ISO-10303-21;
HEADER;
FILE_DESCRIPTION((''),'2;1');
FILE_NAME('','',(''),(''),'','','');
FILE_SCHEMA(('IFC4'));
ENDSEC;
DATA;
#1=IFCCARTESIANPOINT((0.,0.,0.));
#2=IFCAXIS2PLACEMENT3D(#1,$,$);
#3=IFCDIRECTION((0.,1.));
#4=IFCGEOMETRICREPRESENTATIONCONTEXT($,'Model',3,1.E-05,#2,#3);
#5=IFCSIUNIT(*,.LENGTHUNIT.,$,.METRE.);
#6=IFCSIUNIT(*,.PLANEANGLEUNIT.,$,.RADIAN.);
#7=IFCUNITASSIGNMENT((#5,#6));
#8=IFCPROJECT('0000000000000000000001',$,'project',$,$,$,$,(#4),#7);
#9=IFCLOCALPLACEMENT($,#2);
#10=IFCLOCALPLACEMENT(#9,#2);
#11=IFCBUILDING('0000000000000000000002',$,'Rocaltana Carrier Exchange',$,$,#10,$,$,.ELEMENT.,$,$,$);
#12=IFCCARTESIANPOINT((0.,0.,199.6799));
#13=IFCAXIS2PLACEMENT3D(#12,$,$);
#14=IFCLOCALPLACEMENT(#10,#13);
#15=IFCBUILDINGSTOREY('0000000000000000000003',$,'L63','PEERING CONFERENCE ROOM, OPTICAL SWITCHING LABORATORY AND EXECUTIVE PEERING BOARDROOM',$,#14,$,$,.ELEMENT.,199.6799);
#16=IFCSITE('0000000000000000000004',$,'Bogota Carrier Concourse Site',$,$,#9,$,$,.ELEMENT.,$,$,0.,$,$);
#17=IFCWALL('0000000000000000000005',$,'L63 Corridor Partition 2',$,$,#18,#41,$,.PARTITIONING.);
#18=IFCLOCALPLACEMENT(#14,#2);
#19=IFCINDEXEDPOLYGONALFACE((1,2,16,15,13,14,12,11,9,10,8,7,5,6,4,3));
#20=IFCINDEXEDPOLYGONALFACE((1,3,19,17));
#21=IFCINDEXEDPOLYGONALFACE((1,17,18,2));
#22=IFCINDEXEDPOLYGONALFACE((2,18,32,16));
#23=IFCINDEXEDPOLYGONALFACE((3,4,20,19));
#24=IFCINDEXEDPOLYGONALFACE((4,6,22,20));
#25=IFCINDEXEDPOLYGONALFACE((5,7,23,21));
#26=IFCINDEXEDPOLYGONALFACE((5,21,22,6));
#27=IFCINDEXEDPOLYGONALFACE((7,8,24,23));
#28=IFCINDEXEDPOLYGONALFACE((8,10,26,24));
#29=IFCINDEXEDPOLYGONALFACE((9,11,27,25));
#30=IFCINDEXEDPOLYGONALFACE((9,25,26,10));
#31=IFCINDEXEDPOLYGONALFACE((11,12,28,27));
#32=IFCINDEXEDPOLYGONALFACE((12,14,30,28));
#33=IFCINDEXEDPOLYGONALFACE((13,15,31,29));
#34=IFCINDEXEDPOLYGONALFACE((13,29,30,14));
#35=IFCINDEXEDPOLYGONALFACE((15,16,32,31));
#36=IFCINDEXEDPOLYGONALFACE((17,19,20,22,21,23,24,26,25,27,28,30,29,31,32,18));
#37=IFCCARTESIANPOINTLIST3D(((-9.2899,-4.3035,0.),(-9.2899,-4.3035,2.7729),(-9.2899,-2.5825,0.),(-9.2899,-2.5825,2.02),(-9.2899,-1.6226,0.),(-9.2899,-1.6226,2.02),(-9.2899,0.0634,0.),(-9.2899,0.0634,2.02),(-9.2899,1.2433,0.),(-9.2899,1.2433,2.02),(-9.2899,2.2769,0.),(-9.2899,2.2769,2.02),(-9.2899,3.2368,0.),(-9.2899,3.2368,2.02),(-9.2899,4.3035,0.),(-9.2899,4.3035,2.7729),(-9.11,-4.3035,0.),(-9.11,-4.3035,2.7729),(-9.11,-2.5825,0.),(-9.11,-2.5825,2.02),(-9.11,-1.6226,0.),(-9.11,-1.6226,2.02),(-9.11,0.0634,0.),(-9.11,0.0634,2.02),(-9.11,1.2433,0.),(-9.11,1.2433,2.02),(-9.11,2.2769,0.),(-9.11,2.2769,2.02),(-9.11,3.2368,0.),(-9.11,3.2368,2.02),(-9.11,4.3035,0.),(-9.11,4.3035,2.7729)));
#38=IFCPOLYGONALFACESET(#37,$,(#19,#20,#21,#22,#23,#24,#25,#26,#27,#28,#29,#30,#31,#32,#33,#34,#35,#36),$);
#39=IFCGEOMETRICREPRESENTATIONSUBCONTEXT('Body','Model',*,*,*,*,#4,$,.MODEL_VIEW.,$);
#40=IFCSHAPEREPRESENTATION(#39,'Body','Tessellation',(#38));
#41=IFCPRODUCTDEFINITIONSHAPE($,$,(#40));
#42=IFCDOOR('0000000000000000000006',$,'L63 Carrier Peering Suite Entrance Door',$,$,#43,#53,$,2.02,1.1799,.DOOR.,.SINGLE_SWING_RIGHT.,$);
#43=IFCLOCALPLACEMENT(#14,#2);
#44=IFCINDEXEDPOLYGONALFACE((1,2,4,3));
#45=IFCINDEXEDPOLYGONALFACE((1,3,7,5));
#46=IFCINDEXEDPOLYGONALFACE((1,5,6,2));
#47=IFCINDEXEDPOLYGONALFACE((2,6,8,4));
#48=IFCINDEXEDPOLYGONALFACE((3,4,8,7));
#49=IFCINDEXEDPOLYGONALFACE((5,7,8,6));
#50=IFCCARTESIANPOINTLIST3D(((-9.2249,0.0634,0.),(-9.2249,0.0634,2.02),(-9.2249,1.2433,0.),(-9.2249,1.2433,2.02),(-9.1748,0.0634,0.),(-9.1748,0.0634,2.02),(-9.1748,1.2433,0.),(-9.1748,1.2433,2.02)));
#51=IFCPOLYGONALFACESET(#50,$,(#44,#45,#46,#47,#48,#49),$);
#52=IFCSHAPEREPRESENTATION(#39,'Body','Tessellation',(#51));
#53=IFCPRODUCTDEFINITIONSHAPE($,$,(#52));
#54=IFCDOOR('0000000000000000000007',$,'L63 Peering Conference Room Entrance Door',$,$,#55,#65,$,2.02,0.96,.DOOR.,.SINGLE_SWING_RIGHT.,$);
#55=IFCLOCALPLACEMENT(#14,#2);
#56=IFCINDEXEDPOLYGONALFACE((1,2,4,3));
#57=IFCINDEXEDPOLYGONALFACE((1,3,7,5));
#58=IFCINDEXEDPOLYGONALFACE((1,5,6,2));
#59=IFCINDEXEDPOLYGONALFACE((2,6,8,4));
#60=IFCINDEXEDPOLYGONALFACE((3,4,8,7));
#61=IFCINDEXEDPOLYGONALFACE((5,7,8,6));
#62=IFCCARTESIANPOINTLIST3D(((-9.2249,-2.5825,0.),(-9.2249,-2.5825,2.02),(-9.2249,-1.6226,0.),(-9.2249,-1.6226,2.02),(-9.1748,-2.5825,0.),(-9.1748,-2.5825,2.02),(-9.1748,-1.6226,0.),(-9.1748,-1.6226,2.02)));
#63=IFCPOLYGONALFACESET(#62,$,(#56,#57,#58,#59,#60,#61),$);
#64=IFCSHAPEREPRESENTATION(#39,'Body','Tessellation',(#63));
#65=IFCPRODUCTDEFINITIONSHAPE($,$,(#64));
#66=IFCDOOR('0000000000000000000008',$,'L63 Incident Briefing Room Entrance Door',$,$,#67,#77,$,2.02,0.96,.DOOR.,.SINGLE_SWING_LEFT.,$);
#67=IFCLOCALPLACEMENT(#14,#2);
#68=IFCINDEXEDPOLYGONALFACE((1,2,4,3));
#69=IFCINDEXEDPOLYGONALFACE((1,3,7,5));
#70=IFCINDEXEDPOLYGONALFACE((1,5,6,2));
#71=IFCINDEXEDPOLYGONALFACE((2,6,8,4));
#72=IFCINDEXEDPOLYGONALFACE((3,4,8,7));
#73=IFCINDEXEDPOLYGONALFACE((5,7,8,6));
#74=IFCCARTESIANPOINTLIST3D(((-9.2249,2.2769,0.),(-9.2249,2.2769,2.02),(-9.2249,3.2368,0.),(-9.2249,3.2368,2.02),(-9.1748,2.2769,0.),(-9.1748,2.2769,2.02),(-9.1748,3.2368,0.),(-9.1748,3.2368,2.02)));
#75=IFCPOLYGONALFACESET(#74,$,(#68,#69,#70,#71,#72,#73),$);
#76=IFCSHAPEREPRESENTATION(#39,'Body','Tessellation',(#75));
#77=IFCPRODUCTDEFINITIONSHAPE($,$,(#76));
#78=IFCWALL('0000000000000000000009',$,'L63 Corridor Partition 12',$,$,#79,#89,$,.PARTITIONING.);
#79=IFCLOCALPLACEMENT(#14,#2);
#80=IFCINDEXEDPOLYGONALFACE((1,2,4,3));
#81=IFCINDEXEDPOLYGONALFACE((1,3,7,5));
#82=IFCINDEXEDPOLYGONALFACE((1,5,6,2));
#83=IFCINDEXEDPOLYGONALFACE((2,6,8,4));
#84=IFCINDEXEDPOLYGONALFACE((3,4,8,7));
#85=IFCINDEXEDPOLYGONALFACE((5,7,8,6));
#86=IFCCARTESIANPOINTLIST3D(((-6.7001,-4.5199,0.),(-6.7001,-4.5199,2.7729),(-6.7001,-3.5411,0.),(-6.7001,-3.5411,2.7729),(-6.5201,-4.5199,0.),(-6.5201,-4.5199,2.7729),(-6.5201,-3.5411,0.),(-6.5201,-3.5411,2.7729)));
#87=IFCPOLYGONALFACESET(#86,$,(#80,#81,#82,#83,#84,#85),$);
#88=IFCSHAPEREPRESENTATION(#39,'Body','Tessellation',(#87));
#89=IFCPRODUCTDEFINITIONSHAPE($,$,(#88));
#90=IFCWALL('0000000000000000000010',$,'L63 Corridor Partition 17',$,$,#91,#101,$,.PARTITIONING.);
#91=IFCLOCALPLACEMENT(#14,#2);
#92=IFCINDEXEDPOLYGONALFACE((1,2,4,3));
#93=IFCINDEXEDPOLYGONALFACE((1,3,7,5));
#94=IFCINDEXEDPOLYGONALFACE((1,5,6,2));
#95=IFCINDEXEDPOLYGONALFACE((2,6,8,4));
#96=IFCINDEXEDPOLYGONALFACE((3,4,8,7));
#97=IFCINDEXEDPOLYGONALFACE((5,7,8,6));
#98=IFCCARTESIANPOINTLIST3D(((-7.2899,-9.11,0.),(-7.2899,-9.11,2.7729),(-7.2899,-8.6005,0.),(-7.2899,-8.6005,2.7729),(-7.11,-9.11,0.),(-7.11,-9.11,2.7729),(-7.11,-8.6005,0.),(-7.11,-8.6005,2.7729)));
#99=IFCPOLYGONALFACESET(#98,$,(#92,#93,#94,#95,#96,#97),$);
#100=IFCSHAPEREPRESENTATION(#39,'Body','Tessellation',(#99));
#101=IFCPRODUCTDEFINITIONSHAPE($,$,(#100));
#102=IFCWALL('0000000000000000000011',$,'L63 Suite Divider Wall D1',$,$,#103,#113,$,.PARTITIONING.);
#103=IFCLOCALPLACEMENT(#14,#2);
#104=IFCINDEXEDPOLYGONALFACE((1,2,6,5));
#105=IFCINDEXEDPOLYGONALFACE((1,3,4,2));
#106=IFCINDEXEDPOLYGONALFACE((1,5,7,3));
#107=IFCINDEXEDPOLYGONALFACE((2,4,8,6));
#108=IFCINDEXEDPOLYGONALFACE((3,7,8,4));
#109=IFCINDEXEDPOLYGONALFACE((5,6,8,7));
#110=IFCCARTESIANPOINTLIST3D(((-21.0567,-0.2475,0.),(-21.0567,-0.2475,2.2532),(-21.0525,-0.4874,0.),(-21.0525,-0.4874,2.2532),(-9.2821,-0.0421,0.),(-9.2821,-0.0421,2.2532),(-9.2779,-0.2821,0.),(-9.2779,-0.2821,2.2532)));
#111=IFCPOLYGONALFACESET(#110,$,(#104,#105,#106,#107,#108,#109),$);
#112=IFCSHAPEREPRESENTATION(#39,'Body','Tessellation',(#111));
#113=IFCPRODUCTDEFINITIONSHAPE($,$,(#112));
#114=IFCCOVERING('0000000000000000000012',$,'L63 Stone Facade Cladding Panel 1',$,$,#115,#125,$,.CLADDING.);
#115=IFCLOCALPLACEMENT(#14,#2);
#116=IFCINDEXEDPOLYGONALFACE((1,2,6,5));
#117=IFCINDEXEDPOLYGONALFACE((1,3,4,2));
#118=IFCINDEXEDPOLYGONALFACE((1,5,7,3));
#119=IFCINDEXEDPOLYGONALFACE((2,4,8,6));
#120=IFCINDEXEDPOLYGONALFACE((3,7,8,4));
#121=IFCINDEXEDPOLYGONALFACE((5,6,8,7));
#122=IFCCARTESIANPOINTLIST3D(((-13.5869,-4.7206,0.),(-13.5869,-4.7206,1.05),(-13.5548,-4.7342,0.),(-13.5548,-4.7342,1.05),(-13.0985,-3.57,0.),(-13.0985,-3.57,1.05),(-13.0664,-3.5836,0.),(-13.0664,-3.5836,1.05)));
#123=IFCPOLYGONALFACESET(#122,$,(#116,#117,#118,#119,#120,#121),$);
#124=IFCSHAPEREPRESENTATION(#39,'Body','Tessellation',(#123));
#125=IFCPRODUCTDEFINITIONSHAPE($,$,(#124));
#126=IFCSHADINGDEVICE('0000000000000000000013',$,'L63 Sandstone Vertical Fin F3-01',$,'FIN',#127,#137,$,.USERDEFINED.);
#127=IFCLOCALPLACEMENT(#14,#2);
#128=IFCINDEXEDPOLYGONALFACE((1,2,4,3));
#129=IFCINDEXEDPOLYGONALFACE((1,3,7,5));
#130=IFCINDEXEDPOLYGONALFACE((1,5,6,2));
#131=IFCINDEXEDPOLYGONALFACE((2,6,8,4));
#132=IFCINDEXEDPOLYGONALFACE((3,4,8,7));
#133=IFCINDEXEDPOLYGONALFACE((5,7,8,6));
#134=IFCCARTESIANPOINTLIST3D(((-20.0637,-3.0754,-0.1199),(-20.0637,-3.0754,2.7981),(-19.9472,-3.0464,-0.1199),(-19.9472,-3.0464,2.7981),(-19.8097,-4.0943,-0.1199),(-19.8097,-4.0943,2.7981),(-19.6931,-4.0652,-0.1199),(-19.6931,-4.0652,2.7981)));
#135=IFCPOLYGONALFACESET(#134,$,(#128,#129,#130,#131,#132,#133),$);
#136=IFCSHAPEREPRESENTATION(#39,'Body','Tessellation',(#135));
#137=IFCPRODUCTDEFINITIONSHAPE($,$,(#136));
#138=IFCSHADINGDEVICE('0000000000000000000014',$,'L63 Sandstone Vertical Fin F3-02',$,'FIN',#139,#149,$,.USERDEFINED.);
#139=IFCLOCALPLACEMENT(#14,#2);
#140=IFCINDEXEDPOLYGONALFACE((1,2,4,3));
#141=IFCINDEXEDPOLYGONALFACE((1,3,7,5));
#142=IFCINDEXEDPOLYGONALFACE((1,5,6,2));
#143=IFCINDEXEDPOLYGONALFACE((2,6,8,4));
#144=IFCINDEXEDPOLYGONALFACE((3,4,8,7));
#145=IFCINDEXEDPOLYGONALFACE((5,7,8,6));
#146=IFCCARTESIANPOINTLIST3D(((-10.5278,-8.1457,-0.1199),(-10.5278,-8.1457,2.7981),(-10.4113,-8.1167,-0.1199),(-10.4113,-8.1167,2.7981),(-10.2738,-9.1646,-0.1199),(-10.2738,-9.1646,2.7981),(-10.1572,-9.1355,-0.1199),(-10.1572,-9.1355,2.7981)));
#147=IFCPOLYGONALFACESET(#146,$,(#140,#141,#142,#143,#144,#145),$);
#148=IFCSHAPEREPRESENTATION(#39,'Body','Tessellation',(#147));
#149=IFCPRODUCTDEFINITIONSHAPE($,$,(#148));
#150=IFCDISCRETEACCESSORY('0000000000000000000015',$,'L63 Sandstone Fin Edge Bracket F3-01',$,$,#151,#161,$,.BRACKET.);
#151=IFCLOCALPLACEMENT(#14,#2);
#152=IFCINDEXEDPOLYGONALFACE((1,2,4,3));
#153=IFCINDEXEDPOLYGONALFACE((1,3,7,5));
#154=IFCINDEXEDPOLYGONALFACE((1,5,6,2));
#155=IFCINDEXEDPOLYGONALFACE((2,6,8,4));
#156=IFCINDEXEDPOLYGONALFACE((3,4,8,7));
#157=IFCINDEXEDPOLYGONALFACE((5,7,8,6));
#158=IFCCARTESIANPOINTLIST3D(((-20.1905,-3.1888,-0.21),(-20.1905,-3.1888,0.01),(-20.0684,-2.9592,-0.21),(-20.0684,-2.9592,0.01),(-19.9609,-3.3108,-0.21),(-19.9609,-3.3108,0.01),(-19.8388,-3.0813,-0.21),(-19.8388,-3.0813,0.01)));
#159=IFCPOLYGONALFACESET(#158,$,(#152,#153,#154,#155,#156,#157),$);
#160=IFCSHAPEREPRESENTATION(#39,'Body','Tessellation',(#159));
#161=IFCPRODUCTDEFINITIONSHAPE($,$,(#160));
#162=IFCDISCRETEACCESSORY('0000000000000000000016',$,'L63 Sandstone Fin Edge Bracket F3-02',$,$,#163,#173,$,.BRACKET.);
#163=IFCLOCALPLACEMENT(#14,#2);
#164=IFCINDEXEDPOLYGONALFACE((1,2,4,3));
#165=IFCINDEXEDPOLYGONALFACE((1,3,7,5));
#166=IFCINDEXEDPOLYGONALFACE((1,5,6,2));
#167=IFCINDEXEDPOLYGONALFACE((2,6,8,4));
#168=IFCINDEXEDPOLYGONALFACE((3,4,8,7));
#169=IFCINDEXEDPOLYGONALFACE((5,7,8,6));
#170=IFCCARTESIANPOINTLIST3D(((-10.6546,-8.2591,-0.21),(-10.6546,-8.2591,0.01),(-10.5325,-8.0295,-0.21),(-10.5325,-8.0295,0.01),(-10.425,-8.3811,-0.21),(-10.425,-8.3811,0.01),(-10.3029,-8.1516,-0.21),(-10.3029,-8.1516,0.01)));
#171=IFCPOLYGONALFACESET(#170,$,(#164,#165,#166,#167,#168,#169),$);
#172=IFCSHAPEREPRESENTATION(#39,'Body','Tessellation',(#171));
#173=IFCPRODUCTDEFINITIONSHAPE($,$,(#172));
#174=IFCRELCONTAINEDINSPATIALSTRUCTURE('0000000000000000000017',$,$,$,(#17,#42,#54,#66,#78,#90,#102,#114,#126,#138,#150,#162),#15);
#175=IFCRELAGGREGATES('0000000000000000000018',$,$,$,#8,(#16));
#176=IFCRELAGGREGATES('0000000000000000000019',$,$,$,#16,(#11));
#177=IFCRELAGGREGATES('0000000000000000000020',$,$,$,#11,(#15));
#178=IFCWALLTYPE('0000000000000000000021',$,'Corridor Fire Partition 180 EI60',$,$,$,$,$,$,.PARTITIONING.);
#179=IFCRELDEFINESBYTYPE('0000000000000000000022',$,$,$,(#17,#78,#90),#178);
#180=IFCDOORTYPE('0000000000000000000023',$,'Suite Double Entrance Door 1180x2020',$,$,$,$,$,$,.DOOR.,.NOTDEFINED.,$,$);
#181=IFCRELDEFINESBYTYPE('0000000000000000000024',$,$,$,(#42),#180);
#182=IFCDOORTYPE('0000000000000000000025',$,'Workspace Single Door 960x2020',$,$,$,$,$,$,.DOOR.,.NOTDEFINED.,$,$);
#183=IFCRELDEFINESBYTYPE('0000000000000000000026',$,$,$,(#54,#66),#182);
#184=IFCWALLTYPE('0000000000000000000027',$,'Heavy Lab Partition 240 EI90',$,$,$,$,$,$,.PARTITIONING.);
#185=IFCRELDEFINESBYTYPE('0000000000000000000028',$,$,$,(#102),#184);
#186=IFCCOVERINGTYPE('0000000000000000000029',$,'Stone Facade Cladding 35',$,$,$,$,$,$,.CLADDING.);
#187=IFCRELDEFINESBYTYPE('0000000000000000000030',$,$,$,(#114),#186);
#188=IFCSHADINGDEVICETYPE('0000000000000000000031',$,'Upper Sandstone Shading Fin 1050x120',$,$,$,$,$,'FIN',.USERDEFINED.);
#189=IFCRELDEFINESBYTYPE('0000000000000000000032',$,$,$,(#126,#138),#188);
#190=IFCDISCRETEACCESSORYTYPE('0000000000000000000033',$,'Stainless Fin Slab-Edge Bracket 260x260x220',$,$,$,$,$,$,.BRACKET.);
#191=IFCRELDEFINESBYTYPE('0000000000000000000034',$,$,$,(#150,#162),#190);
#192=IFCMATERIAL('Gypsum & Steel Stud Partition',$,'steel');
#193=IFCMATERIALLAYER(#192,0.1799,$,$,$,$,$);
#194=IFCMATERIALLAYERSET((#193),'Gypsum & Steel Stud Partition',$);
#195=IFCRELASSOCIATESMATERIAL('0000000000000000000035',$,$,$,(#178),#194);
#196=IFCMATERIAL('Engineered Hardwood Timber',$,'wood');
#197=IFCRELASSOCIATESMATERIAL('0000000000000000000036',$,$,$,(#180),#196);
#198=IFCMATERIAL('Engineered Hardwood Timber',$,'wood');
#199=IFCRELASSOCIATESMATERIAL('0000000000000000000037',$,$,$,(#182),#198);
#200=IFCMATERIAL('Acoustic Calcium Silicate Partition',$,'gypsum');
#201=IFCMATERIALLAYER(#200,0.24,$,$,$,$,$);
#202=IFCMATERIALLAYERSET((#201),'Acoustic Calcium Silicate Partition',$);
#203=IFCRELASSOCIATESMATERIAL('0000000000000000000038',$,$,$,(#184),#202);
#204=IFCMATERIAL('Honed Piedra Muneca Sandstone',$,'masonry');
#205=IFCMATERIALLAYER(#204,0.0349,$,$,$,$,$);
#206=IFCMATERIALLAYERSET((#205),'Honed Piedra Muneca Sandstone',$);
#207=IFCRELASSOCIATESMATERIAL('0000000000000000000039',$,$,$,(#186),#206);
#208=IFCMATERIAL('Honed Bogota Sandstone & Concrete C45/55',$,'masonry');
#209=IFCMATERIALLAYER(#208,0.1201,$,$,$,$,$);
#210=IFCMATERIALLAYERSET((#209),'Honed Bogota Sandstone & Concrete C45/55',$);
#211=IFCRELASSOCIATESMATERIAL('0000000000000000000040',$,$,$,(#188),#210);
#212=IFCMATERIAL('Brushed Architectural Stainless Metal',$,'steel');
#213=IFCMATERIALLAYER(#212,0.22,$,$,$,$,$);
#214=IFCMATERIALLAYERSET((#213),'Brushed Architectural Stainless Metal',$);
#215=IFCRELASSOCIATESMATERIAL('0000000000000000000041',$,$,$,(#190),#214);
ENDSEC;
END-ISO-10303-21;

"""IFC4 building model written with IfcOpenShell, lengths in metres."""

from ifc_helpers import new_model, si_unit, direction, frame, frame_2d, origin, origin_2d, place, context, subcontext, project, spatial, rectangle, extrude, material, layer, layer_set, type_object, element, fill, save


model = new_model("IFC4")

# Units and contexts
model_context = context("Model", 3, precision=1e-05, world=origin(), true_north=direction((0.0, 1.0)))
body_context = subcontext(model_context, "Body", "Model", "MODEL_VIEW")
ifc_project = project(units=[si_unit("LENGTHUNIT", "METRE"), si_unit("PLANEANGLEUNIT", "RADIAN")], contexts=[model_context])

# Site, building, storey
site_placement = place(None, origin())
site = spatial("IfcSite", under=ifc_project, at=site_placement, Name="Bogota Carrier Concourse Site", CompositionType="ELEMENT", RefElevation=0.0)
building_placement = place(site_placement, origin())
building = spatial("IfcBuilding", under=site, at=building_placement, Name="Rocaltana Carrier Exchange", CompositionType="ELEMENT")
storey_placement = place(building_placement, frame((0.0, 0.0, 199.6799)))
storey = spatial("IfcBuildingStorey", under=building, at=storey_placement, Name="L63", Description="PEERING CONFERENCE ROOM, OPTICAL SWITCHING LABORATORY AND EXECUTIVE PEERING BOARDROOM", CompositionType="ELEMENT", Elevation=199.6799)

# Shared definitions
ifc_material_1 = material(Name="Gypsum & Steel Stud Partition", Category="steel")
ifc_layer_1 = layer(ifc_material_1, 0.1799)
ifc_layer_set_1 = layer_set([ifc_layer_1], Name="Gypsum & Steel Stud Partition")
wall_type_1 = type_object("IfcWallType", Name="Corridor Fire Partition 180 EI60", PredefinedType="PARTITIONING", material=ifc_layer_set_1)

# Wall, openings, doors
wall_1_placement = place(storey_placement, frame((-9.2, -4.3035, 0.0), z_axis=(0.0, 0.0, 1.0), x_axis=(0.0, 1.0, 0.0)))
wall_1 = element("IfcWall", 1, at=wall_1_placement, inside=storey, type_object=wall_type_1, Name="L63 Corridor Partition 2", PredefinedType="PARTITIONING", context=body_context, shape_type="SweptSolid", body=[
    extrude(rectangle(XDim=8.6069, YDim=0.1799, at=frame_2d((4.3035, 0.0))), origin(), (0.0, 0.0, 1.0), 2.7729),
])
opening_1_placement = place(wall_1_placement, frame((1.7209, 0.0, 0.0)))
opening_1 = element("IfcOpeningElement", 2, at=opening_1_placement, cuts=wall_1, PredefinedType="OPENING", context=body_context, shape_type="SweptSolid", body=[
    extrude(rectangle(XDim=0.96, YDim=2.02, at=frame_2d((0.48, 1.01))), frame((0.0, 0.0999, 0.0), z_axis=(0.0, -1.0, 0.0), x_axis=(1.0, 0.0, 0.0)), (0.0, 0.0, 1.0), 0.2),
])
opening_2_placement = place(wall_1_placement, frame((6.5803, 0.0, 0.0)))
opening_2 = element("IfcOpeningElement", 3, at=opening_2_placement, cuts=wall_1, PredefinedType="OPENING", context=body_context, shape_type="SweptSolid", body=[
    extrude(rectangle(XDim=0.96, YDim=2.02, at=frame_2d((0.48, 1.01))), frame((0.0, 0.0999, 0.0), z_axis=(0.0, -1.0, 0.0), x_axis=(1.0, 0.0, 0.0)), (0.0, 0.0, 1.0), 0.2),
])
opening_3_placement = place(wall_1_placement, frame((4.3669, 0.0, 0.0)))
opening_3 = element("IfcOpeningElement", 4, at=opening_3_placement, cuts=wall_1, PredefinedType="OPENING", context=body_context, shape_type="SweptSolid", body=[
    extrude(rectangle(XDim=1.1799, YDim=2.02, at=frame_2d((0.5898, 1.01))), frame((0.0, 0.0999, 0.0), z_axis=(0.0, -1.0, 0.0), x_axis=(1.0, 0.0, 0.0)), (0.0, 0.0, 1.0), 0.2),
])
ifc_material_2 = material(Name="Engineered Hardwood Timber", Category="wood")
door_type_1 = type_object("IfcDoorType", Name="Suite Double Entrance Door 1180x2020", OperationType="NOTDEFINED", PredefinedType="DOOR", material=ifc_material_2)
door_1_placement = place(opening_3_placement, origin())
door_1 = element("IfcDoor", 5, at=door_1_placement, inside=storey, type_object=door_type_1, Name="L63 Carrier Peering Suite Entrance Door", OperationType="SINGLE_SWING_RIGHT", OverallHeight=2.02, OverallWidth=1.1799, PredefinedType="DOOR", context=body_context, shape_type="SweptSolid", body=[
    extrude(rectangle(XDim=1.1799, YDim=2.02, at=frame_2d((0.5898, 1.01))), frame((0.0, 0.0249, 0.0), z_axis=(0.0, -1.0, 0.0), x_axis=(1.0, 0.0, 0.0)), (0.0, 0.0, 1.0), 0.05),
])
fill(opening_3, door_1)
ifc_material_3 = material(Name="Engineered Hardwood Timber", Category="wood")
door_type_2 = type_object("IfcDoorType", Name="Workspace Single Door 960x2020", OperationType="NOTDEFINED", PredefinedType="DOOR", material=ifc_material_3)
door_2_placement = place(opening_1_placement, origin())
door_2 = element("IfcDoor", 6, at=door_2_placement, inside=storey, type_object=door_type_2, Name="L63 Peering Conference Room Entrance Door", OperationType="SINGLE_SWING_RIGHT", OverallHeight=2.02, OverallWidth=0.96, PredefinedType="DOOR", context=body_context, shape_type="SweptSolid", body=[
    extrude(rectangle(XDim=0.96, YDim=2.02, at=frame_2d((0.48, 1.01))), frame((0.0, 0.0249, 0.0), z_axis=(0.0, -1.0, 0.0), x_axis=(1.0, 0.0, 0.0)), (0.0, 0.0, 1.0), 0.05),
])
fill(opening_1, door_2)
door_3_placement = place(opening_2_placement, origin())
door_3 = element("IfcDoor", 7, at=door_3_placement, inside=storey, type_object=door_type_2, Name="L63 Incident Briefing Room Entrance Door", OperationType="SINGLE_SWING_LEFT", OverallHeight=2.02, OverallWidth=0.96, PredefinedType="DOOR", context=body_context, shape_type="SweptSolid", body=[
    extrude(rectangle(XDim=0.96, YDim=2.02, at=frame_2d((0.48, 1.01))), frame((0.0, 0.0249, 0.0), z_axis=(0.0, -1.0, 0.0), x_axis=(1.0, 0.0, 0.0)), (0.0, 0.0, 1.0), 0.05),
])
fill(opening_2, door_3)

# Walls
wall_2_placement = place(storey_placement, frame((-6.6101, -3.5413, 0.0), z_axis=(0.0, 0.0, 1.0), x_axis=(0.0, -1.0, 0.0)))
element("IfcWall", 8, at=wall_2_placement, inside=storey, type_object=wall_type_1, Name="L63 Corridor Partition 12", PredefinedType="PARTITIONING", context=body_context, shape_type="SweptSolid", body=[
    extrude(rectangle(XDim=0.9788, YDim=0.1799, at=frame_2d((0.4893, 0.0))), origin(), (0.0, 0.0, 1.0), 2.7729),
])
wall_3_placement = place(storey_placement, frame((-7.2, -9.1101, 0.0), z_axis=(0.0, 0.0, 1.0), x_axis=(0.0, 1.0, 0.0)))
element("IfcWall", 9, at=wall_3_placement, inside=storey, type_object=wall_type_1, Name="L63 Corridor Partition 17", PredefinedType="PARTITIONING", context=body_context, shape_type="SweptSolid", body=[
    extrude(rectangle(XDim=0.5095, YDim=0.1799, at=frame_2d((0.2549, 0.0))), origin(), (0.0, 0.0, 1.0), 2.7729),
])
ifc_material_4 = material(Name="Acoustic Calcium Silicate Partition", Category="gypsum")
ifc_layer_2 = layer(ifc_material_4, 0.24)
ifc_layer_set_2 = layer_set([ifc_layer_2], Name="Acoustic Calcium Silicate Partition")
wall_type_2 = type_object("IfcWallType", Name="Heavy Lab Partition 240 EI90", PredefinedType="PARTITIONING", material=ifc_layer_set_2)
wall_4_placement = place(storey_placement, frame((-9.28, -0.1621, 0.0), z_axis=(0.0, 0.0, 1.0), x_axis=(-0.999848, -0.017435, 0.0)))
element("IfcWall", 10, at=wall_4_placement, inside=storey, type_object=wall_type_2, Name="L63 Suite Divider Wall D1", PredefinedType="PARTITIONING", context=body_context, shape_type="SweptSolid", body=[
    extrude(rectangle(XDim=11.7764, YDim=0.24, at=frame_2d((5.8882, 0.0))), origin(), (0.0, 0.0, 1.0), 2.2532),
])

# Covering
ifc_material_5 = material(Name="Honed Piedra Muneca Sandstone", Category="masonry")
ifc_layer_3 = layer(ifc_material_5, 0.0349)
ifc_layer_set_3 = layer_set([ifc_layer_3], Name="Honed Piedra Muneca Sandstone")
covering_type = type_object("IfcCoveringType", Name="Stone Facade Cladding 35", PredefinedType="CLADDING", material=ifc_layer_set_3)
covering_placement = place(storey_placement, frame((-13.3267, -4.1521, 0.0), z_axis=(0.0, 0.0, 1.0), x_axis=(0.390731, 0.920505, 0.0)))
element("IfcCovering", 11, at=covering_placement, inside=storey, type_object=covering_type, Name="L63 Stone Facade Cladding Panel 1", PredefinedType="CLADDING", context=body_context, shape_type="SweptSolid", body=[
    extrude(rectangle(XDim=1.25, YDim=0.0349, at=origin_2d()), origin(), (0.0, 0.0, 1.0), 1.05),
])

# Shading devices
ifc_material_6 = material(Name="Honed Bogota Sandstone & Concrete C45/55", Category="masonry")
ifc_layer_4 = layer(ifc_material_6, 0.1201)
ifc_layer_set_4 = layer_set([ifc_layer_4], Name="Honed Bogota Sandstone & Concrete C45/55")
shading_device_type = type_object("IfcShadingDeviceType", Name="Upper Sandstone Shading Fin 1050x120", ElementType="FIN", PredefinedType="USERDEFINED", material=ifc_layer_set_4)
for number, where, z_axis, x_axis, name in (
    (12, (-19.8784, -3.5703, -0.1199), (0.0, 0.0, 1.0), (0.241922, -0.970296, 0.0), "L63 Sandstone Vertical Fin F3-01"),
    (13, (-10.3425, -8.6406, -0.1199), (0.0, 0.0, 1.0), (0.241922, -0.970296, 0.0), "L63 Sandstone Vertical Fin F3-02"),
):
    element("IfcShadingDevice", number, at=place(storey_placement, frame(where, z_axis=z_axis, x_axis=x_axis)), inside=storey, type_object=shading_device_type, Name=name, ObjectType="FIN", PredefinedType="USERDEFINED", context=body_context, shape_type="SweptSolid", body=[
        extrude(rectangle(XDim=1.05, YDim=0.1201, at=origin_2d()), origin(), (0.0, 0.0, 1.0), 2.918),
    ])

# Discrete accessories
ifc_material_7 = material(Name="Brushed Architectural Stainless Metal", Category="steel")
ifc_layer_5 = layer(ifc_material_7, 0.22)
ifc_layer_set_5 = layer_set([ifc_layer_5], Name="Brushed Architectural Stainless Metal")
discrete_accessory_type = type_object("IfcDiscreteAccessoryType", Name="Stainless Fin Slab-Edge Bracket 260x260x220", PredefinedType="BRACKET", material=ifc_layer_set_5)
for number, where, z_axis, x_axis, name in (
    (14, (-20.0146, -3.135, -0.21), (0.0, 0.0, 1.0), (0.882948, -0.469472, 0.0), "L63 Sandstone Fin Edge Bracket F3-01"),
    (15, (-10.4788, -8.2053, -0.21), (0.0, 0.0, 1.0), (0.882948, -0.469472, 0.0), "L63 Sandstone Fin Edge Bracket F3-02"),
):
    element("IfcDiscreteAccessory", number, at=place(storey_placement, frame(where, z_axis=z_axis, x_axis=x_axis)), inside=storey, type_object=discrete_accessory_type, Name=name, PredefinedType="BRACKET", context=body_context, shape_type="SweptSolid", body=[
        extrude(rectangle(XDim=0.26, YDim=0.26, at=origin_2d()), origin(), (0.0, 0.0, 1.0), 0.22),
    ])

save(model, "model.ifc")
